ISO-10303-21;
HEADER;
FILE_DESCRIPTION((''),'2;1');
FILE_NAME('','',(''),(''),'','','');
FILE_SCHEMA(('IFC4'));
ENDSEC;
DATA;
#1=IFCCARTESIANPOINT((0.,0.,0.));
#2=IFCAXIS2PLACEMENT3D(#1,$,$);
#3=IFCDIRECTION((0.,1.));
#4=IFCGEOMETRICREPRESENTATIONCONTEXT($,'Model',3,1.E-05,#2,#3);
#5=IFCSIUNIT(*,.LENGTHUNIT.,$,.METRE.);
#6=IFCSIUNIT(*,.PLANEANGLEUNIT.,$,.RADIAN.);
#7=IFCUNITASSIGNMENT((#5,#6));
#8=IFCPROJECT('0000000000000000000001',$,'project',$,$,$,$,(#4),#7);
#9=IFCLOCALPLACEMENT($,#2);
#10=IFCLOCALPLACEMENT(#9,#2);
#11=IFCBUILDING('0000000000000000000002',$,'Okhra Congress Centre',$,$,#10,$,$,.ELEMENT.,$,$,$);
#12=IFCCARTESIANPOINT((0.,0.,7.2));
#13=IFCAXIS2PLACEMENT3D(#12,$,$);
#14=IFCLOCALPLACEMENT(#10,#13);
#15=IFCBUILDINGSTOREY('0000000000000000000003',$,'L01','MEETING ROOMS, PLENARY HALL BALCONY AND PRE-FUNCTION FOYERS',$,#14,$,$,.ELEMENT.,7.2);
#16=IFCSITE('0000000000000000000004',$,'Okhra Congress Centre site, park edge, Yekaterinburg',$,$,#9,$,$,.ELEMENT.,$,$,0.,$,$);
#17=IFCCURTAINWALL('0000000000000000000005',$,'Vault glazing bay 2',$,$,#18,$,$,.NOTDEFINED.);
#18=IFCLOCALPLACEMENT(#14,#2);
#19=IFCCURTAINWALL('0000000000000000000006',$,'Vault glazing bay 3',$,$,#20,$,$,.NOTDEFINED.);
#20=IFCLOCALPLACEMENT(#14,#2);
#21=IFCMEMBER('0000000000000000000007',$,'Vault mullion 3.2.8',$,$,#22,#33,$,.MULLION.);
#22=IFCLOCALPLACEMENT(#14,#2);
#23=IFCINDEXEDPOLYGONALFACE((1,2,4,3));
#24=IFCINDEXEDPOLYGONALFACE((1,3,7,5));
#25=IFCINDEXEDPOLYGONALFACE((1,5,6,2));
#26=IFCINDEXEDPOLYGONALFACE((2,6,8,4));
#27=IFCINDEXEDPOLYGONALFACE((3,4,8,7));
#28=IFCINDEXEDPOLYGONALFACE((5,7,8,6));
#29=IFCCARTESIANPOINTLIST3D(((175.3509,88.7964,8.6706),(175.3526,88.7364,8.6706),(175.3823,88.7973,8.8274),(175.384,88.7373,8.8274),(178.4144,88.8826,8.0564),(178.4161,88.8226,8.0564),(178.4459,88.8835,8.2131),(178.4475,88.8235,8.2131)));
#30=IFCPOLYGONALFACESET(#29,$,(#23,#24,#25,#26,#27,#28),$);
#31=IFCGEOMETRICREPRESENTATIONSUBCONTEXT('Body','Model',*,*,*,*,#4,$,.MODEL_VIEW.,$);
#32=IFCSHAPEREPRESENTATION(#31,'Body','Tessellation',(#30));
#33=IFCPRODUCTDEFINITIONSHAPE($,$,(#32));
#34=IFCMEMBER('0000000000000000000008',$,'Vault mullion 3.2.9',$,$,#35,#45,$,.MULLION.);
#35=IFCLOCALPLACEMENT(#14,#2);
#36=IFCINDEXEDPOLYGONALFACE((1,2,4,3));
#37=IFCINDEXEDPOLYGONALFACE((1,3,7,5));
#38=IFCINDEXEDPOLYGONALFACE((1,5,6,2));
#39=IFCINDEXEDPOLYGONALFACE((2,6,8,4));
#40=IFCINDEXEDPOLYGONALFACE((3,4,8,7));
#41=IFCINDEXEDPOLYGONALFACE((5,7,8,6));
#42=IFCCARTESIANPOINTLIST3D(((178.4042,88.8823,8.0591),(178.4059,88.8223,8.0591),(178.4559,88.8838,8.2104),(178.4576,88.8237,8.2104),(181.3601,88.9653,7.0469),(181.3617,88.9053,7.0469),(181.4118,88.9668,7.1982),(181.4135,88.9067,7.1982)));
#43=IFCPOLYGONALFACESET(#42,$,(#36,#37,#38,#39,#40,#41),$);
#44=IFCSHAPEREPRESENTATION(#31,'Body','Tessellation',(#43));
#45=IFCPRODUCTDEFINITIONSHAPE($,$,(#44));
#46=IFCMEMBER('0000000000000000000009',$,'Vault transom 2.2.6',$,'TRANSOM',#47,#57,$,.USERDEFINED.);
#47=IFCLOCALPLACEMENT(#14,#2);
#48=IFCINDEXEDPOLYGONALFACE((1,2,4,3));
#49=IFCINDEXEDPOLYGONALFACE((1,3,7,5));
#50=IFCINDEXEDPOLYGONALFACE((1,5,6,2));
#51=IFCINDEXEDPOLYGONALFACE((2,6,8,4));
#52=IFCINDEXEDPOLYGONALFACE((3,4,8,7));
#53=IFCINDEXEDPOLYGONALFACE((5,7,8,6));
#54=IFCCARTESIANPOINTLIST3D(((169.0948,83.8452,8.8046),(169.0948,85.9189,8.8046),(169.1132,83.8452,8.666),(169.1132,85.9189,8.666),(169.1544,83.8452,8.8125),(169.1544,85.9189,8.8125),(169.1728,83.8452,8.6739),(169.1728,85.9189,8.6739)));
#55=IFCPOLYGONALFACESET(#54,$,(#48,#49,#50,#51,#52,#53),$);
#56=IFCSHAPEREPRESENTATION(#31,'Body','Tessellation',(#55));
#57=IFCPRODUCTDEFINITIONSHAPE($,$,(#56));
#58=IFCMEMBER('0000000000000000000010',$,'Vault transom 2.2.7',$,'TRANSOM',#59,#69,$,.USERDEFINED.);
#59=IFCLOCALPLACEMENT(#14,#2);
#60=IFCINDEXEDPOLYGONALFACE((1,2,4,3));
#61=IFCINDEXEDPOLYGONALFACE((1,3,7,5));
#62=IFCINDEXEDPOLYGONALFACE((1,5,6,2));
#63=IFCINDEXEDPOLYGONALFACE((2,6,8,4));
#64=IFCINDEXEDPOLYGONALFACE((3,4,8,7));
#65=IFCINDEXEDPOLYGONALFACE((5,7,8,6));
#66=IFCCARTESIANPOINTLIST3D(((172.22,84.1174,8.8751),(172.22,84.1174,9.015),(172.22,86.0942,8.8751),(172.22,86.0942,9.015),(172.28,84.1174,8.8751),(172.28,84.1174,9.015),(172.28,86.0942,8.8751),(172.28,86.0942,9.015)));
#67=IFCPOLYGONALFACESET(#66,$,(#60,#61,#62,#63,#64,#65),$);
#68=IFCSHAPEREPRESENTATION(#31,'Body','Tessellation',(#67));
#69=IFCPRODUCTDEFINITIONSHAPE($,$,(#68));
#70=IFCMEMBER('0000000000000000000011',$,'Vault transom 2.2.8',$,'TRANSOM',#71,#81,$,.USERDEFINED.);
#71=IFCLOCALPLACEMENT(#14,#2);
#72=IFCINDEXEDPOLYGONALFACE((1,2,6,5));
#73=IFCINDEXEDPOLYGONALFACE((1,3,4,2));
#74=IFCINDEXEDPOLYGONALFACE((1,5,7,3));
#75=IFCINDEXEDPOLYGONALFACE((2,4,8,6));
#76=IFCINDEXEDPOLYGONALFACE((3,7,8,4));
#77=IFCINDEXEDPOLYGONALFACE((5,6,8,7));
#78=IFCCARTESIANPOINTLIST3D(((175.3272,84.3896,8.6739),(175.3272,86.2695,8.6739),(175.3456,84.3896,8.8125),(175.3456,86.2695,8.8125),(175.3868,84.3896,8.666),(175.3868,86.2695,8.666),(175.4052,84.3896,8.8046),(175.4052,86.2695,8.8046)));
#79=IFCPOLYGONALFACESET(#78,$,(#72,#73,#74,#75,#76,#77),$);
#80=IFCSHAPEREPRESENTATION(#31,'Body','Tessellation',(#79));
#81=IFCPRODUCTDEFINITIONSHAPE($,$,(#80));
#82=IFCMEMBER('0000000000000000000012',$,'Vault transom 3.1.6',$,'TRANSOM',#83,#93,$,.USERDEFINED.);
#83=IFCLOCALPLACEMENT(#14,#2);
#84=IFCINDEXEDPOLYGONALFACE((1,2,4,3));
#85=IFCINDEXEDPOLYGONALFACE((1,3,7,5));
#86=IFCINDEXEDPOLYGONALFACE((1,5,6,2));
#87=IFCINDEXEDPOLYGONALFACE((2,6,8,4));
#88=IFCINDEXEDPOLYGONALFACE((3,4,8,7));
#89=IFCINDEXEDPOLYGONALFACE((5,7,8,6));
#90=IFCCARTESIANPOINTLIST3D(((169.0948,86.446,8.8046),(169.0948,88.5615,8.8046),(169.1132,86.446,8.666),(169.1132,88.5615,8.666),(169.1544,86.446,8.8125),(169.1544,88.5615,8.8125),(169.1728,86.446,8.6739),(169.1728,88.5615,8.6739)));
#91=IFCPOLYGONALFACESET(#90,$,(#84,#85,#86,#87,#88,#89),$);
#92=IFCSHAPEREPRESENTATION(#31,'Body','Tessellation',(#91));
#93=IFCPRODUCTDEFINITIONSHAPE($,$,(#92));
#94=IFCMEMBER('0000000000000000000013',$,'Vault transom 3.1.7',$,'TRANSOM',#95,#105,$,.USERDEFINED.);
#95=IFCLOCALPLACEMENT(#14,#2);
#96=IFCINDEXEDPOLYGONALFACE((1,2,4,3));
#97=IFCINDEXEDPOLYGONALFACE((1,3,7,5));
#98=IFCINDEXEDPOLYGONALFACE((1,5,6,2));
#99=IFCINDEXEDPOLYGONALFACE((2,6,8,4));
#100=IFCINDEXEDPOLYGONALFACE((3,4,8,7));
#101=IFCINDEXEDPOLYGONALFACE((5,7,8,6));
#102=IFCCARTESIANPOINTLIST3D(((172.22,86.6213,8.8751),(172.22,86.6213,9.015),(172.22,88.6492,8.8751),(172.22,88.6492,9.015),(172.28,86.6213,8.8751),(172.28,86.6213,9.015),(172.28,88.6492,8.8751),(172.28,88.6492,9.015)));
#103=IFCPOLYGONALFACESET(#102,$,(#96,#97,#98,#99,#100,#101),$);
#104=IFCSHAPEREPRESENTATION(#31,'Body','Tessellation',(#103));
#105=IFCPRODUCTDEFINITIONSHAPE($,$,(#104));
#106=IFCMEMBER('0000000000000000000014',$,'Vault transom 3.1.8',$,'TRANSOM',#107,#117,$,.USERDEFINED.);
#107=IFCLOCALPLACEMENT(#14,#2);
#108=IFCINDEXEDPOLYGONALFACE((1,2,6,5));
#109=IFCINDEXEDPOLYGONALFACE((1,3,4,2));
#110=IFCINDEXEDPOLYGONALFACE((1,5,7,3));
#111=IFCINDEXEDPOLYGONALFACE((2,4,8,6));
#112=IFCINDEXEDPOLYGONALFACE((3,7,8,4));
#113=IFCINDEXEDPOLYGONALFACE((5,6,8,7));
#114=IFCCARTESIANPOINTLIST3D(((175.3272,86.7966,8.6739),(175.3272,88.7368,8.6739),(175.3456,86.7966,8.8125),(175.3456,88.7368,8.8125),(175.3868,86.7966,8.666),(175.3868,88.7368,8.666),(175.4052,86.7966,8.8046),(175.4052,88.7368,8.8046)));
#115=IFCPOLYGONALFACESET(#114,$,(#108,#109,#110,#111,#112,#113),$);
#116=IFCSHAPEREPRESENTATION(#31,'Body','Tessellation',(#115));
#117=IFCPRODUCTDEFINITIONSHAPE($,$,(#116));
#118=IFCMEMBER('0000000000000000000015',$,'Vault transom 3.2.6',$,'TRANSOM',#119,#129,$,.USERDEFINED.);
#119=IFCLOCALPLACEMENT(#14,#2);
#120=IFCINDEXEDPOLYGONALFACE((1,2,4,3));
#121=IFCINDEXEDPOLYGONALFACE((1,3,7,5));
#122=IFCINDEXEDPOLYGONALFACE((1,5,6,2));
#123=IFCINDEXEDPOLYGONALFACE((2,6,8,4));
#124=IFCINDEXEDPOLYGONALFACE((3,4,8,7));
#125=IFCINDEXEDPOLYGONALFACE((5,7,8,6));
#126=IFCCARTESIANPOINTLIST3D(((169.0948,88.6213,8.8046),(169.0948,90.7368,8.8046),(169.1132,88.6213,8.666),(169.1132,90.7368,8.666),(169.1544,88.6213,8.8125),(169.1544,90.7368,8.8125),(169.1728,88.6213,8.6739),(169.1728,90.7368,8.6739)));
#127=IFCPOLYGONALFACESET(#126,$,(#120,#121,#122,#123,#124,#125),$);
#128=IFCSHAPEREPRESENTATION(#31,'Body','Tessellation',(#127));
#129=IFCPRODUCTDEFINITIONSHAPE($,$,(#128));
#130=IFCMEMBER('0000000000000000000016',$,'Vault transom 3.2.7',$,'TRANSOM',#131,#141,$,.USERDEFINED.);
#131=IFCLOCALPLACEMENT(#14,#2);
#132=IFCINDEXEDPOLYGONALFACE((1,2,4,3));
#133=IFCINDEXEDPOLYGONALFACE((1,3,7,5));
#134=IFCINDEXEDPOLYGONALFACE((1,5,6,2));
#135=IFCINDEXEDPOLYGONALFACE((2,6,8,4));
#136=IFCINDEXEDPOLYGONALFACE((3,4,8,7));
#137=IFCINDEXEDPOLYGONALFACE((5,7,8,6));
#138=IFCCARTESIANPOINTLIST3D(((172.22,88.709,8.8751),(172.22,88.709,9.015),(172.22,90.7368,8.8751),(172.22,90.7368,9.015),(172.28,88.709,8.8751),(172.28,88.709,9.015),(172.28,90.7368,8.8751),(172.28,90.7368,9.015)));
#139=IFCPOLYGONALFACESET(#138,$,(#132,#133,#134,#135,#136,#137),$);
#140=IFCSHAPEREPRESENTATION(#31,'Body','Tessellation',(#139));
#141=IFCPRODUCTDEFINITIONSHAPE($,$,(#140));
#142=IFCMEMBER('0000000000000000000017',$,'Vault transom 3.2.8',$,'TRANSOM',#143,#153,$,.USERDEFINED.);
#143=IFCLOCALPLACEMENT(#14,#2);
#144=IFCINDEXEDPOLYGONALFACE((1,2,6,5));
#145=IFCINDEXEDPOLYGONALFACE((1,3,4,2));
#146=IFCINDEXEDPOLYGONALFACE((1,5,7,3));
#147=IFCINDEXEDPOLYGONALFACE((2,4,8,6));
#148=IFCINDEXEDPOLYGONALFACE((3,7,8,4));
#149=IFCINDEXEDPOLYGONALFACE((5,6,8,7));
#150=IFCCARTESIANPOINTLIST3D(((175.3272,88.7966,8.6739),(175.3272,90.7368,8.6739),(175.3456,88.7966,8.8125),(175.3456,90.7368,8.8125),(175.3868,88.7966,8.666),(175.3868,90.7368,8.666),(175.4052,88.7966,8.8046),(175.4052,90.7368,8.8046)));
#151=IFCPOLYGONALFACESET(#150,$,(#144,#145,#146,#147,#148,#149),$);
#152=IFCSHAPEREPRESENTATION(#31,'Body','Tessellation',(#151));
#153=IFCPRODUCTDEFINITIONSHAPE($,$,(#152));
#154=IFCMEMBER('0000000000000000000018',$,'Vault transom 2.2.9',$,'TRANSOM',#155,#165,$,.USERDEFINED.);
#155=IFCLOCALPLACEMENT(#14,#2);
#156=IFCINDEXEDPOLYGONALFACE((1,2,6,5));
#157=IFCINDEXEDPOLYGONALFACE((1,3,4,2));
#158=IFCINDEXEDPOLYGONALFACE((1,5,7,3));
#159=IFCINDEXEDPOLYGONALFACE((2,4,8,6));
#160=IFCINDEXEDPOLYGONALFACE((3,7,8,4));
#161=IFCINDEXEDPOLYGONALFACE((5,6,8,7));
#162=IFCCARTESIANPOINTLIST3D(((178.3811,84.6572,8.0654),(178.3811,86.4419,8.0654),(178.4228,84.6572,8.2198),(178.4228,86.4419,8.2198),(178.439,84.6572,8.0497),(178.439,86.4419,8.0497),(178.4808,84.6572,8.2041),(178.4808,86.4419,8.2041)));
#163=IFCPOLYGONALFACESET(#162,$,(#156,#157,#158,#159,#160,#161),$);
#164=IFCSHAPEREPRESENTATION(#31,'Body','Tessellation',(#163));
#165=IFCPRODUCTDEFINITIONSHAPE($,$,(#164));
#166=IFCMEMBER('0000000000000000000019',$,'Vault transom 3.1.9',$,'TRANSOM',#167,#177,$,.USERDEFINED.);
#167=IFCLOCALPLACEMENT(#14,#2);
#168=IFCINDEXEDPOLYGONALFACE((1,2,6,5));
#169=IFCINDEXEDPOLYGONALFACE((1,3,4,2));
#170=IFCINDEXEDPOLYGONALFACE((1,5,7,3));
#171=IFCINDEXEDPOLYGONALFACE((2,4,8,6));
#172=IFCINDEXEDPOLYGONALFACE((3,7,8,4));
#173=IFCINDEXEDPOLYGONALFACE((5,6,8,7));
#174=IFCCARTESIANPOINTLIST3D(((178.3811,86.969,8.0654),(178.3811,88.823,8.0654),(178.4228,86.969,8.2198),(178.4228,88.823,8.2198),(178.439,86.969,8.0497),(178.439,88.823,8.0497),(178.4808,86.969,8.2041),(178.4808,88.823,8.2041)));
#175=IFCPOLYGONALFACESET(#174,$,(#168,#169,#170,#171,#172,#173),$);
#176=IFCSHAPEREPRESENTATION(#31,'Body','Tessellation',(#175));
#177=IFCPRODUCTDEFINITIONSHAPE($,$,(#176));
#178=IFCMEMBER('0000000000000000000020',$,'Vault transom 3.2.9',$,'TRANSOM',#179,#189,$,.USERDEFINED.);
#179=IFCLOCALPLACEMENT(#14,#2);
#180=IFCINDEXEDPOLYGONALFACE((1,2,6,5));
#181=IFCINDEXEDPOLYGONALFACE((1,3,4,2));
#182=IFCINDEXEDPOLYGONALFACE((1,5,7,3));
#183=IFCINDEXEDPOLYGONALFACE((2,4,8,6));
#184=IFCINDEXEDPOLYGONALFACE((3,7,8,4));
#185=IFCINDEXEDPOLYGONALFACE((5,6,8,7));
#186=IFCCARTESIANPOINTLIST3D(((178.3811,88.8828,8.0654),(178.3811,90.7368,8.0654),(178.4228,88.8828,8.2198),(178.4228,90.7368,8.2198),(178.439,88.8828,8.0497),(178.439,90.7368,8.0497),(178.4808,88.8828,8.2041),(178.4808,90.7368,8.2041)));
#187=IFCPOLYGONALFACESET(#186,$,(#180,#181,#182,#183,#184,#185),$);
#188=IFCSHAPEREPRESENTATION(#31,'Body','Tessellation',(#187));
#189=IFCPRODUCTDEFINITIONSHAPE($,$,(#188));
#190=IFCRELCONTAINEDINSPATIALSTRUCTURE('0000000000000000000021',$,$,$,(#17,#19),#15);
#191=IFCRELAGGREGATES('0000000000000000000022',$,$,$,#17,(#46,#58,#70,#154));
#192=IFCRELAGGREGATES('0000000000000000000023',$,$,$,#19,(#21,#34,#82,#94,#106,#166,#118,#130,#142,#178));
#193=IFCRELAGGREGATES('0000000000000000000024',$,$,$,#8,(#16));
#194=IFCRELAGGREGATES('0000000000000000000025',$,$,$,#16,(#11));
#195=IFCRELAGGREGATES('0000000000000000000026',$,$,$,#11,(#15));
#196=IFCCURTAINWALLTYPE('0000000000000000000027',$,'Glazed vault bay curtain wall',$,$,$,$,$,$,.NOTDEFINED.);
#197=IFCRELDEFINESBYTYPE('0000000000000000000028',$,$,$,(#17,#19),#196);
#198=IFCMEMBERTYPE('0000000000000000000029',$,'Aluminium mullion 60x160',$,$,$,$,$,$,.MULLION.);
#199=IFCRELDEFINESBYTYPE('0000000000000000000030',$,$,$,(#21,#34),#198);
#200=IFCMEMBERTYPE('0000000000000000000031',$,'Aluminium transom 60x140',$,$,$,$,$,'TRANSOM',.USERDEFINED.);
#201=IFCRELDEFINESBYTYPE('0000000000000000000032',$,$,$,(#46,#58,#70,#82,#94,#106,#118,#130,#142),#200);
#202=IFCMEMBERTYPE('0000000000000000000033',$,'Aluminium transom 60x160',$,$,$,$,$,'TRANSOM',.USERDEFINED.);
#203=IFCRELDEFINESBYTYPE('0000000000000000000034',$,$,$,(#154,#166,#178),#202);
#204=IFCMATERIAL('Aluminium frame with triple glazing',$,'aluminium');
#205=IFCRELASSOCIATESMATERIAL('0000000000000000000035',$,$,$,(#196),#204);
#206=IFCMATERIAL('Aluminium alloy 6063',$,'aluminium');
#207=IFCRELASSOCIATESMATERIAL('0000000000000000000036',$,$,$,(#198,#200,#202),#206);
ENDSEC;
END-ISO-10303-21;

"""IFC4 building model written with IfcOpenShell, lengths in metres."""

from ifc_helpers import new_model, si_unit, direction, frame, origin, origin_2d, place, context, subcontext, project, spatial, rectangle, extrude, material, material_profile, profile_set, type_object, element, aggregate, save


model = new_model("IFC4")

# Units and contexts
model_context = context("Model", 3, precision=1e-05, world=origin(), true_north=direction((0.0, 1.0)))
body_context = subcontext(model_context, "Body", "Model", "MODEL_VIEW")
ifc_project = project(units=[si_unit("LENGTHUNIT", "METRE"), si_unit("PLANEANGLEUNIT", "RADIAN")], contexts=[model_context])

# Site, building, storey
site_placement = place(None, origin())
site = spatial("IfcSite", under=ifc_project, at=site_placement, Name="Okhra Congress Centre site, park edge, Yekaterinburg", CompositionType="ELEMENT", RefElevation=0.0)
building_placement = place(site_placement, origin())
building = spatial("IfcBuilding", under=site, at=building_placement, Name="Okhra Congress Centre", CompositionType="ELEMENT")
storey_placement = place(building_placement, frame((0.0, 0.0, 7.2)))
storey = spatial("IfcBuildingStorey", under=building, at=storey_placement, Name="L01", Description="MEETING ROOMS, PLENARY HALL BALCONY AND PRE-FUNCTION FOYERS", CompositionType="ELEMENT", Elevation=7.2)

# Curtain walls
ifc_material_1 = material(Name="Aluminium frame with triple glazing", Category="aluminium")
curtain_wall_type = type_object("IfcCurtainWallType", Name="Glazed vault bay curtain wall", PredefinedType="NOTDEFINED", material=ifc_material_1)
curtain_wall_1_placement = place(storey_placement, origin())
curtain_wall_1 = element("IfcCurtainWall", 1, at=curtain_wall_1_placement, inside=storey, type_object=curtain_wall_type, Name="Vault glazing bay 2", PredefinedType="NOTDEFINED")
ifc_material_2 = material(Name="Aluminium alloy 6063", Category="aluminium")
curtain_wall_2_placement = place(storey_placement, origin())
curtain_wall_2 = element("IfcCurtainWall", 2, at=curtain_wall_2_placement, inside=storey, type_object=curtain_wall_type, Name="Vault glazing bay 3", PredefinedType="NOTDEFINED")

# Members
ifc_material_profile_1 = material_profile(ifc_material_2, rectangle(XDim=0.0601, YDim=0.1599, at=origin_2d()), Name="AL 60x160")
ifc_profile_set_1 = profile_set([ifc_material_profile_1], Name="Aluminium alloy 6063")
member_type_1 = type_object("IfcMemberType", Name="Aluminium mullion 60x160", PredefinedType="MULLION", material=ifc_profile_set_1)
member_1_placement = place(storey_placement, frame((175.3674, 88.7668, 8.749), z_axis=(0.980112, 0.027572, -0.196522), x_axis=(-0.028121, 0.999605, 0.0)))
member_1 = element("IfcMember", 3, at=member_1_placement, type_object=member_type_1, Name="Vault mullion 3.2.8", PredefinedType="MULLION", context=body_context, shape_type="SweptSolid", body=[
    extrude(rectangle(XDim=0.0601, YDim=0.1599, at=origin_2d()), origin(), (0.0, 0.0, 1.0), 3.1257),
])
member_2_placement = place(storey_placement, frame((178.4309, 88.853, 8.1348), z_axis=(0.945731, 0.026559, -0.323862), x_axis=(-0.028072, 0.999606, 0.0)))
member_2 = element("IfcMember", 4, at=member_2_placement, type_object=member_type_1, Name="Vault mullion 3.2.9", PredefinedType="MULLION", context=body_context, shape_type="SweptSolid", body=[
    extrude(rectangle(XDim=0.0601, YDim=0.1599, at=origin_2d()), origin(), (0.0, 0.0, 1.0), 3.1255),
])
ifc_material_profile_2 = material_profile(ifc_material_2, rectangle(XDim=0.0601, YDim=0.1399, at=origin_2d()), Name="AL 60x140 transom")
ifc_profile_set_2 = profile_set([ifc_material_profile_2], Name="Aluminium alloy 6063")
member_type_2 = type_object("IfcMemberType", Name="Aluminium transom 60x140", ElementType="TRANSOM", PredefinedType="USERDEFINED", material=ifc_profile_set_2)
member_3_placement = place(storey_placement, frame((169.1338, 83.8452, 8.7393), z_axis=(0.0, 1.0, 0.0), x_axis=(-0.991307, 0.0, -0.131568)))
member_3 = element("IfcMember", 5, at=member_3_placement, type_object=member_type_2, Name="Vault transom 2.2.6", ObjectType="TRANSOM", PredefinedType="USERDEFINED", context=body_context, shape_type="SweptSolid", body=[
    extrude(rectangle(XDim=0.0601, YDim=0.1399, at=origin_2d()), origin(), (0.0, 0.0, 1.0), 2.0737),
])
member_4_placement = place(storey_placement, frame((172.25, 84.1174, 8.9451), z_axis=(0.0, 1.0, 0.0), x_axis=(-1.0, 0.0, 0.0)))
member_4 = element("IfcMember", 6, at=member_4_placement, type_object=member_type_2, Name="Vault transom 2.2.7", ObjectType="TRANSOM", PredefinedType="USERDEFINED", context=body_context, shape_type="SweptSolid", body=[
    extrude(rectangle(XDim=0.0601, YDim=0.1399, at=origin_2d()), origin(), (0.0, 0.0, 1.0), 1.9768),
])
member_5_placement = place(storey_placement, frame((175.3662, 84.3896, 8.7393), z_axis=(0.0, 1.0, 0.0), x_axis=(-0.991307, 0.0, 0.131568)))
member_5 = element("IfcMember", 7, at=member_5_placement, type_object=member_type_2, Name="Vault transom 2.2.8", ObjectType="TRANSOM", PredefinedType="USERDEFINED", context=body_context, shape_type="SweptSolid", body=[
    extrude(rectangle(XDim=0.0601, YDim=0.1399, at=origin_2d()), origin(), (0.0, 0.0, 1.0), 1.8799),
])
member_6_placement = place(storey_placement, frame((169.1338, 86.446, 8.7393), z_axis=(0.0, 1.0, 0.0), x_axis=(-0.991307, 0.0, -0.131568)))
member_6 = element("IfcMember", 8, at=member_6_placement, type_object=member_type_2, Name="Vault transom 3.1.6", ObjectType="TRANSOM", PredefinedType="USERDEFINED", context=body_context, shape_type="SweptSolid", body=[
    extrude(rectangle(XDim=0.0601, YDim=0.1399, at=origin_2d()), origin(), (0.0, 0.0, 1.0), 2.1155),
])
member_7_placement = place(storey_placement, frame((172.25, 86.6213, 8.9451), z_axis=(0.0, 1.0, 0.0), x_axis=(-1.0, 0.0, 0.0)))
member_7 = element("IfcMember", 9, at=member_7_placement, type_object=member_type_2, Name="Vault transom 3.1.7", ObjectType="TRANSOM", PredefinedType="USERDEFINED", context=body_context, shape_type="SweptSolid", body=[
    extrude(rectangle(XDim=0.0601, YDim=0.1399, at=origin_2d()), origin(), (0.0, 0.0, 1.0), 2.0278),
])
member_8_placement = place(storey_placement, frame((175.3662, 86.7966, 8.7393), z_axis=(0.0, 1.0, 0.0), x_axis=(-0.991307, 0.0, 0.131568)))
member_8 = element("IfcMember", 10, at=member_8_placement, type_object=member_type_2, Name="Vault transom 3.1.8", ObjectType="TRANSOM", PredefinedType="USERDEFINED", context=body_context, shape_type="SweptSolid", body=[
    extrude(rectangle(XDim=0.0601, YDim=0.1399, at=origin_2d()), origin(), (0.0, 0.0, 1.0), 1.9402),
])
member_9_placement = place(storey_placement, frame((169.1338, 88.6213, 8.7393), z_axis=(0.0, 1.0, 0.0), x_axis=(-0.991307, 0.0, -0.131568)))
member_9 = element("IfcMember", 11, at=member_9_placement, type_object=member_type_2, Name="Vault transom 3.2.6", ObjectType="TRANSOM", PredefinedType="USERDEFINED", context=body_context, shape_type="SweptSolid", body=[
    extrude(rectangle(XDim=0.0601, YDim=0.1399, at=origin_2d()), origin(), (0.0, 0.0, 1.0), 2.1155),
])
member_10_placement = place(storey_placement, frame((172.25, 88.709, 8.9451), z_axis=(0.0, 1.0, 0.0), x_axis=(-1.0, 0.0, 0.0)))
member_10 = element("IfcMember", 12, at=member_10_placement, type_object=member_type_2, Name="Vault transom 3.2.7", ObjectType="TRANSOM", PredefinedType="USERDEFINED", context=body_context, shape_type="SweptSolid", body=[
    extrude(rectangle(XDim=0.0601, YDim=0.1399, at=origin_2d()), origin(), (0.0, 0.0, 1.0), 2.0278),
])
member_11_placement = place(storey_placement, frame((175.3662, 88.7966, 8.7393), z_axis=(0.0, 1.0, 0.0), x_axis=(-0.991307, 0.0, 0.131568)))
member_11 = element("IfcMember", 13, at=member_11_placement, type_object=member_type_2, Name="Vault transom 3.2.8", ObjectType="TRANSOM", PredefinedType="USERDEFINED", context=body_context, shape_type="SweptSolid", body=[
    extrude(rectangle(XDim=0.0601, YDim=0.1399, at=origin_2d()), origin(), (0.0, 0.0, 1.0), 1.9402),
])
ifc_material_profile_3 = material_profile(ifc_material_2, rectangle(XDim=0.0601, YDim=0.1599, at=origin_2d()), Name="AL 60x160 transom")
ifc_profile_set_3 = profile_set([ifc_material_profile_3], Name="Aluminium alloy 6063")
member_type_3 = type_object("IfcMemberType", Name="Aluminium transom 60x160", ElementType="TRANSOM", PredefinedType="USERDEFINED", material=ifc_profile_set_3)
member_12_placement = place(storey_placement, frame((178.4309, 84.6572, 8.1348), z_axis=(0.0, 1.0, 0.0), x_axis=(-0.96538, 0.0, 0.260848)))
member_12 = element("IfcMember", 14, at=member_12_placement, type_object=member_type_3, Name="Vault transom 2.2.9", ObjectType="TRANSOM", PredefinedType="USERDEFINED", context=body_context, shape_type="SweptSolid", body=[
    extrude(rectangle(XDim=0.0601, YDim=0.1599, at=origin_2d()), origin(), (0.0, 0.0, 1.0), 1.7847),
])
member_13_placement = place(storey_placement, frame((178.4309, 86.969, 8.1348), z_axis=(0.0, 1.0, 0.0), x_axis=(-0.96538, 0.0, 0.260848)))
member_13 = element("IfcMember", 15, at=member_13_placement, type_object=member_type_3, Name="Vault transom 3.1.9", ObjectType="TRANSOM", PredefinedType="USERDEFINED", context=body_context, shape_type="SweptSolid", body=[
    extrude(rectangle(XDim=0.0601, YDim=0.1599, at=origin_2d()), origin(), (0.0, 0.0, 1.0), 1.854),
])
member_14_placement = place(storey_placement, frame((178.4309, 88.8828, 8.1348), z_axis=(0.0, 1.0, 0.0), x_axis=(-0.96538, 0.0, 0.260848)))
member_14 = element("IfcMember", 16, at=member_14_placement, type_object=member_type_3, Name="Vault transom 3.2.9", ObjectType="TRANSOM", PredefinedType="USERDEFINED", context=body_context, shape_type="SweptSolid", body=[
    extrude(rectangle(XDim=0.0601, YDim=0.1599, at=origin_2d()), origin(), (0.0, 0.0, 1.0), 1.854),
])

aggregate(curtain_wall_1, [member_3, member_4, member_5, member_12])
aggregate(curtain_wall_2, [member_1, member_2, member_6, member_7, member_8, member_13, member_9, member_10, member_11, member_14])

save(model, "model.ifc")
